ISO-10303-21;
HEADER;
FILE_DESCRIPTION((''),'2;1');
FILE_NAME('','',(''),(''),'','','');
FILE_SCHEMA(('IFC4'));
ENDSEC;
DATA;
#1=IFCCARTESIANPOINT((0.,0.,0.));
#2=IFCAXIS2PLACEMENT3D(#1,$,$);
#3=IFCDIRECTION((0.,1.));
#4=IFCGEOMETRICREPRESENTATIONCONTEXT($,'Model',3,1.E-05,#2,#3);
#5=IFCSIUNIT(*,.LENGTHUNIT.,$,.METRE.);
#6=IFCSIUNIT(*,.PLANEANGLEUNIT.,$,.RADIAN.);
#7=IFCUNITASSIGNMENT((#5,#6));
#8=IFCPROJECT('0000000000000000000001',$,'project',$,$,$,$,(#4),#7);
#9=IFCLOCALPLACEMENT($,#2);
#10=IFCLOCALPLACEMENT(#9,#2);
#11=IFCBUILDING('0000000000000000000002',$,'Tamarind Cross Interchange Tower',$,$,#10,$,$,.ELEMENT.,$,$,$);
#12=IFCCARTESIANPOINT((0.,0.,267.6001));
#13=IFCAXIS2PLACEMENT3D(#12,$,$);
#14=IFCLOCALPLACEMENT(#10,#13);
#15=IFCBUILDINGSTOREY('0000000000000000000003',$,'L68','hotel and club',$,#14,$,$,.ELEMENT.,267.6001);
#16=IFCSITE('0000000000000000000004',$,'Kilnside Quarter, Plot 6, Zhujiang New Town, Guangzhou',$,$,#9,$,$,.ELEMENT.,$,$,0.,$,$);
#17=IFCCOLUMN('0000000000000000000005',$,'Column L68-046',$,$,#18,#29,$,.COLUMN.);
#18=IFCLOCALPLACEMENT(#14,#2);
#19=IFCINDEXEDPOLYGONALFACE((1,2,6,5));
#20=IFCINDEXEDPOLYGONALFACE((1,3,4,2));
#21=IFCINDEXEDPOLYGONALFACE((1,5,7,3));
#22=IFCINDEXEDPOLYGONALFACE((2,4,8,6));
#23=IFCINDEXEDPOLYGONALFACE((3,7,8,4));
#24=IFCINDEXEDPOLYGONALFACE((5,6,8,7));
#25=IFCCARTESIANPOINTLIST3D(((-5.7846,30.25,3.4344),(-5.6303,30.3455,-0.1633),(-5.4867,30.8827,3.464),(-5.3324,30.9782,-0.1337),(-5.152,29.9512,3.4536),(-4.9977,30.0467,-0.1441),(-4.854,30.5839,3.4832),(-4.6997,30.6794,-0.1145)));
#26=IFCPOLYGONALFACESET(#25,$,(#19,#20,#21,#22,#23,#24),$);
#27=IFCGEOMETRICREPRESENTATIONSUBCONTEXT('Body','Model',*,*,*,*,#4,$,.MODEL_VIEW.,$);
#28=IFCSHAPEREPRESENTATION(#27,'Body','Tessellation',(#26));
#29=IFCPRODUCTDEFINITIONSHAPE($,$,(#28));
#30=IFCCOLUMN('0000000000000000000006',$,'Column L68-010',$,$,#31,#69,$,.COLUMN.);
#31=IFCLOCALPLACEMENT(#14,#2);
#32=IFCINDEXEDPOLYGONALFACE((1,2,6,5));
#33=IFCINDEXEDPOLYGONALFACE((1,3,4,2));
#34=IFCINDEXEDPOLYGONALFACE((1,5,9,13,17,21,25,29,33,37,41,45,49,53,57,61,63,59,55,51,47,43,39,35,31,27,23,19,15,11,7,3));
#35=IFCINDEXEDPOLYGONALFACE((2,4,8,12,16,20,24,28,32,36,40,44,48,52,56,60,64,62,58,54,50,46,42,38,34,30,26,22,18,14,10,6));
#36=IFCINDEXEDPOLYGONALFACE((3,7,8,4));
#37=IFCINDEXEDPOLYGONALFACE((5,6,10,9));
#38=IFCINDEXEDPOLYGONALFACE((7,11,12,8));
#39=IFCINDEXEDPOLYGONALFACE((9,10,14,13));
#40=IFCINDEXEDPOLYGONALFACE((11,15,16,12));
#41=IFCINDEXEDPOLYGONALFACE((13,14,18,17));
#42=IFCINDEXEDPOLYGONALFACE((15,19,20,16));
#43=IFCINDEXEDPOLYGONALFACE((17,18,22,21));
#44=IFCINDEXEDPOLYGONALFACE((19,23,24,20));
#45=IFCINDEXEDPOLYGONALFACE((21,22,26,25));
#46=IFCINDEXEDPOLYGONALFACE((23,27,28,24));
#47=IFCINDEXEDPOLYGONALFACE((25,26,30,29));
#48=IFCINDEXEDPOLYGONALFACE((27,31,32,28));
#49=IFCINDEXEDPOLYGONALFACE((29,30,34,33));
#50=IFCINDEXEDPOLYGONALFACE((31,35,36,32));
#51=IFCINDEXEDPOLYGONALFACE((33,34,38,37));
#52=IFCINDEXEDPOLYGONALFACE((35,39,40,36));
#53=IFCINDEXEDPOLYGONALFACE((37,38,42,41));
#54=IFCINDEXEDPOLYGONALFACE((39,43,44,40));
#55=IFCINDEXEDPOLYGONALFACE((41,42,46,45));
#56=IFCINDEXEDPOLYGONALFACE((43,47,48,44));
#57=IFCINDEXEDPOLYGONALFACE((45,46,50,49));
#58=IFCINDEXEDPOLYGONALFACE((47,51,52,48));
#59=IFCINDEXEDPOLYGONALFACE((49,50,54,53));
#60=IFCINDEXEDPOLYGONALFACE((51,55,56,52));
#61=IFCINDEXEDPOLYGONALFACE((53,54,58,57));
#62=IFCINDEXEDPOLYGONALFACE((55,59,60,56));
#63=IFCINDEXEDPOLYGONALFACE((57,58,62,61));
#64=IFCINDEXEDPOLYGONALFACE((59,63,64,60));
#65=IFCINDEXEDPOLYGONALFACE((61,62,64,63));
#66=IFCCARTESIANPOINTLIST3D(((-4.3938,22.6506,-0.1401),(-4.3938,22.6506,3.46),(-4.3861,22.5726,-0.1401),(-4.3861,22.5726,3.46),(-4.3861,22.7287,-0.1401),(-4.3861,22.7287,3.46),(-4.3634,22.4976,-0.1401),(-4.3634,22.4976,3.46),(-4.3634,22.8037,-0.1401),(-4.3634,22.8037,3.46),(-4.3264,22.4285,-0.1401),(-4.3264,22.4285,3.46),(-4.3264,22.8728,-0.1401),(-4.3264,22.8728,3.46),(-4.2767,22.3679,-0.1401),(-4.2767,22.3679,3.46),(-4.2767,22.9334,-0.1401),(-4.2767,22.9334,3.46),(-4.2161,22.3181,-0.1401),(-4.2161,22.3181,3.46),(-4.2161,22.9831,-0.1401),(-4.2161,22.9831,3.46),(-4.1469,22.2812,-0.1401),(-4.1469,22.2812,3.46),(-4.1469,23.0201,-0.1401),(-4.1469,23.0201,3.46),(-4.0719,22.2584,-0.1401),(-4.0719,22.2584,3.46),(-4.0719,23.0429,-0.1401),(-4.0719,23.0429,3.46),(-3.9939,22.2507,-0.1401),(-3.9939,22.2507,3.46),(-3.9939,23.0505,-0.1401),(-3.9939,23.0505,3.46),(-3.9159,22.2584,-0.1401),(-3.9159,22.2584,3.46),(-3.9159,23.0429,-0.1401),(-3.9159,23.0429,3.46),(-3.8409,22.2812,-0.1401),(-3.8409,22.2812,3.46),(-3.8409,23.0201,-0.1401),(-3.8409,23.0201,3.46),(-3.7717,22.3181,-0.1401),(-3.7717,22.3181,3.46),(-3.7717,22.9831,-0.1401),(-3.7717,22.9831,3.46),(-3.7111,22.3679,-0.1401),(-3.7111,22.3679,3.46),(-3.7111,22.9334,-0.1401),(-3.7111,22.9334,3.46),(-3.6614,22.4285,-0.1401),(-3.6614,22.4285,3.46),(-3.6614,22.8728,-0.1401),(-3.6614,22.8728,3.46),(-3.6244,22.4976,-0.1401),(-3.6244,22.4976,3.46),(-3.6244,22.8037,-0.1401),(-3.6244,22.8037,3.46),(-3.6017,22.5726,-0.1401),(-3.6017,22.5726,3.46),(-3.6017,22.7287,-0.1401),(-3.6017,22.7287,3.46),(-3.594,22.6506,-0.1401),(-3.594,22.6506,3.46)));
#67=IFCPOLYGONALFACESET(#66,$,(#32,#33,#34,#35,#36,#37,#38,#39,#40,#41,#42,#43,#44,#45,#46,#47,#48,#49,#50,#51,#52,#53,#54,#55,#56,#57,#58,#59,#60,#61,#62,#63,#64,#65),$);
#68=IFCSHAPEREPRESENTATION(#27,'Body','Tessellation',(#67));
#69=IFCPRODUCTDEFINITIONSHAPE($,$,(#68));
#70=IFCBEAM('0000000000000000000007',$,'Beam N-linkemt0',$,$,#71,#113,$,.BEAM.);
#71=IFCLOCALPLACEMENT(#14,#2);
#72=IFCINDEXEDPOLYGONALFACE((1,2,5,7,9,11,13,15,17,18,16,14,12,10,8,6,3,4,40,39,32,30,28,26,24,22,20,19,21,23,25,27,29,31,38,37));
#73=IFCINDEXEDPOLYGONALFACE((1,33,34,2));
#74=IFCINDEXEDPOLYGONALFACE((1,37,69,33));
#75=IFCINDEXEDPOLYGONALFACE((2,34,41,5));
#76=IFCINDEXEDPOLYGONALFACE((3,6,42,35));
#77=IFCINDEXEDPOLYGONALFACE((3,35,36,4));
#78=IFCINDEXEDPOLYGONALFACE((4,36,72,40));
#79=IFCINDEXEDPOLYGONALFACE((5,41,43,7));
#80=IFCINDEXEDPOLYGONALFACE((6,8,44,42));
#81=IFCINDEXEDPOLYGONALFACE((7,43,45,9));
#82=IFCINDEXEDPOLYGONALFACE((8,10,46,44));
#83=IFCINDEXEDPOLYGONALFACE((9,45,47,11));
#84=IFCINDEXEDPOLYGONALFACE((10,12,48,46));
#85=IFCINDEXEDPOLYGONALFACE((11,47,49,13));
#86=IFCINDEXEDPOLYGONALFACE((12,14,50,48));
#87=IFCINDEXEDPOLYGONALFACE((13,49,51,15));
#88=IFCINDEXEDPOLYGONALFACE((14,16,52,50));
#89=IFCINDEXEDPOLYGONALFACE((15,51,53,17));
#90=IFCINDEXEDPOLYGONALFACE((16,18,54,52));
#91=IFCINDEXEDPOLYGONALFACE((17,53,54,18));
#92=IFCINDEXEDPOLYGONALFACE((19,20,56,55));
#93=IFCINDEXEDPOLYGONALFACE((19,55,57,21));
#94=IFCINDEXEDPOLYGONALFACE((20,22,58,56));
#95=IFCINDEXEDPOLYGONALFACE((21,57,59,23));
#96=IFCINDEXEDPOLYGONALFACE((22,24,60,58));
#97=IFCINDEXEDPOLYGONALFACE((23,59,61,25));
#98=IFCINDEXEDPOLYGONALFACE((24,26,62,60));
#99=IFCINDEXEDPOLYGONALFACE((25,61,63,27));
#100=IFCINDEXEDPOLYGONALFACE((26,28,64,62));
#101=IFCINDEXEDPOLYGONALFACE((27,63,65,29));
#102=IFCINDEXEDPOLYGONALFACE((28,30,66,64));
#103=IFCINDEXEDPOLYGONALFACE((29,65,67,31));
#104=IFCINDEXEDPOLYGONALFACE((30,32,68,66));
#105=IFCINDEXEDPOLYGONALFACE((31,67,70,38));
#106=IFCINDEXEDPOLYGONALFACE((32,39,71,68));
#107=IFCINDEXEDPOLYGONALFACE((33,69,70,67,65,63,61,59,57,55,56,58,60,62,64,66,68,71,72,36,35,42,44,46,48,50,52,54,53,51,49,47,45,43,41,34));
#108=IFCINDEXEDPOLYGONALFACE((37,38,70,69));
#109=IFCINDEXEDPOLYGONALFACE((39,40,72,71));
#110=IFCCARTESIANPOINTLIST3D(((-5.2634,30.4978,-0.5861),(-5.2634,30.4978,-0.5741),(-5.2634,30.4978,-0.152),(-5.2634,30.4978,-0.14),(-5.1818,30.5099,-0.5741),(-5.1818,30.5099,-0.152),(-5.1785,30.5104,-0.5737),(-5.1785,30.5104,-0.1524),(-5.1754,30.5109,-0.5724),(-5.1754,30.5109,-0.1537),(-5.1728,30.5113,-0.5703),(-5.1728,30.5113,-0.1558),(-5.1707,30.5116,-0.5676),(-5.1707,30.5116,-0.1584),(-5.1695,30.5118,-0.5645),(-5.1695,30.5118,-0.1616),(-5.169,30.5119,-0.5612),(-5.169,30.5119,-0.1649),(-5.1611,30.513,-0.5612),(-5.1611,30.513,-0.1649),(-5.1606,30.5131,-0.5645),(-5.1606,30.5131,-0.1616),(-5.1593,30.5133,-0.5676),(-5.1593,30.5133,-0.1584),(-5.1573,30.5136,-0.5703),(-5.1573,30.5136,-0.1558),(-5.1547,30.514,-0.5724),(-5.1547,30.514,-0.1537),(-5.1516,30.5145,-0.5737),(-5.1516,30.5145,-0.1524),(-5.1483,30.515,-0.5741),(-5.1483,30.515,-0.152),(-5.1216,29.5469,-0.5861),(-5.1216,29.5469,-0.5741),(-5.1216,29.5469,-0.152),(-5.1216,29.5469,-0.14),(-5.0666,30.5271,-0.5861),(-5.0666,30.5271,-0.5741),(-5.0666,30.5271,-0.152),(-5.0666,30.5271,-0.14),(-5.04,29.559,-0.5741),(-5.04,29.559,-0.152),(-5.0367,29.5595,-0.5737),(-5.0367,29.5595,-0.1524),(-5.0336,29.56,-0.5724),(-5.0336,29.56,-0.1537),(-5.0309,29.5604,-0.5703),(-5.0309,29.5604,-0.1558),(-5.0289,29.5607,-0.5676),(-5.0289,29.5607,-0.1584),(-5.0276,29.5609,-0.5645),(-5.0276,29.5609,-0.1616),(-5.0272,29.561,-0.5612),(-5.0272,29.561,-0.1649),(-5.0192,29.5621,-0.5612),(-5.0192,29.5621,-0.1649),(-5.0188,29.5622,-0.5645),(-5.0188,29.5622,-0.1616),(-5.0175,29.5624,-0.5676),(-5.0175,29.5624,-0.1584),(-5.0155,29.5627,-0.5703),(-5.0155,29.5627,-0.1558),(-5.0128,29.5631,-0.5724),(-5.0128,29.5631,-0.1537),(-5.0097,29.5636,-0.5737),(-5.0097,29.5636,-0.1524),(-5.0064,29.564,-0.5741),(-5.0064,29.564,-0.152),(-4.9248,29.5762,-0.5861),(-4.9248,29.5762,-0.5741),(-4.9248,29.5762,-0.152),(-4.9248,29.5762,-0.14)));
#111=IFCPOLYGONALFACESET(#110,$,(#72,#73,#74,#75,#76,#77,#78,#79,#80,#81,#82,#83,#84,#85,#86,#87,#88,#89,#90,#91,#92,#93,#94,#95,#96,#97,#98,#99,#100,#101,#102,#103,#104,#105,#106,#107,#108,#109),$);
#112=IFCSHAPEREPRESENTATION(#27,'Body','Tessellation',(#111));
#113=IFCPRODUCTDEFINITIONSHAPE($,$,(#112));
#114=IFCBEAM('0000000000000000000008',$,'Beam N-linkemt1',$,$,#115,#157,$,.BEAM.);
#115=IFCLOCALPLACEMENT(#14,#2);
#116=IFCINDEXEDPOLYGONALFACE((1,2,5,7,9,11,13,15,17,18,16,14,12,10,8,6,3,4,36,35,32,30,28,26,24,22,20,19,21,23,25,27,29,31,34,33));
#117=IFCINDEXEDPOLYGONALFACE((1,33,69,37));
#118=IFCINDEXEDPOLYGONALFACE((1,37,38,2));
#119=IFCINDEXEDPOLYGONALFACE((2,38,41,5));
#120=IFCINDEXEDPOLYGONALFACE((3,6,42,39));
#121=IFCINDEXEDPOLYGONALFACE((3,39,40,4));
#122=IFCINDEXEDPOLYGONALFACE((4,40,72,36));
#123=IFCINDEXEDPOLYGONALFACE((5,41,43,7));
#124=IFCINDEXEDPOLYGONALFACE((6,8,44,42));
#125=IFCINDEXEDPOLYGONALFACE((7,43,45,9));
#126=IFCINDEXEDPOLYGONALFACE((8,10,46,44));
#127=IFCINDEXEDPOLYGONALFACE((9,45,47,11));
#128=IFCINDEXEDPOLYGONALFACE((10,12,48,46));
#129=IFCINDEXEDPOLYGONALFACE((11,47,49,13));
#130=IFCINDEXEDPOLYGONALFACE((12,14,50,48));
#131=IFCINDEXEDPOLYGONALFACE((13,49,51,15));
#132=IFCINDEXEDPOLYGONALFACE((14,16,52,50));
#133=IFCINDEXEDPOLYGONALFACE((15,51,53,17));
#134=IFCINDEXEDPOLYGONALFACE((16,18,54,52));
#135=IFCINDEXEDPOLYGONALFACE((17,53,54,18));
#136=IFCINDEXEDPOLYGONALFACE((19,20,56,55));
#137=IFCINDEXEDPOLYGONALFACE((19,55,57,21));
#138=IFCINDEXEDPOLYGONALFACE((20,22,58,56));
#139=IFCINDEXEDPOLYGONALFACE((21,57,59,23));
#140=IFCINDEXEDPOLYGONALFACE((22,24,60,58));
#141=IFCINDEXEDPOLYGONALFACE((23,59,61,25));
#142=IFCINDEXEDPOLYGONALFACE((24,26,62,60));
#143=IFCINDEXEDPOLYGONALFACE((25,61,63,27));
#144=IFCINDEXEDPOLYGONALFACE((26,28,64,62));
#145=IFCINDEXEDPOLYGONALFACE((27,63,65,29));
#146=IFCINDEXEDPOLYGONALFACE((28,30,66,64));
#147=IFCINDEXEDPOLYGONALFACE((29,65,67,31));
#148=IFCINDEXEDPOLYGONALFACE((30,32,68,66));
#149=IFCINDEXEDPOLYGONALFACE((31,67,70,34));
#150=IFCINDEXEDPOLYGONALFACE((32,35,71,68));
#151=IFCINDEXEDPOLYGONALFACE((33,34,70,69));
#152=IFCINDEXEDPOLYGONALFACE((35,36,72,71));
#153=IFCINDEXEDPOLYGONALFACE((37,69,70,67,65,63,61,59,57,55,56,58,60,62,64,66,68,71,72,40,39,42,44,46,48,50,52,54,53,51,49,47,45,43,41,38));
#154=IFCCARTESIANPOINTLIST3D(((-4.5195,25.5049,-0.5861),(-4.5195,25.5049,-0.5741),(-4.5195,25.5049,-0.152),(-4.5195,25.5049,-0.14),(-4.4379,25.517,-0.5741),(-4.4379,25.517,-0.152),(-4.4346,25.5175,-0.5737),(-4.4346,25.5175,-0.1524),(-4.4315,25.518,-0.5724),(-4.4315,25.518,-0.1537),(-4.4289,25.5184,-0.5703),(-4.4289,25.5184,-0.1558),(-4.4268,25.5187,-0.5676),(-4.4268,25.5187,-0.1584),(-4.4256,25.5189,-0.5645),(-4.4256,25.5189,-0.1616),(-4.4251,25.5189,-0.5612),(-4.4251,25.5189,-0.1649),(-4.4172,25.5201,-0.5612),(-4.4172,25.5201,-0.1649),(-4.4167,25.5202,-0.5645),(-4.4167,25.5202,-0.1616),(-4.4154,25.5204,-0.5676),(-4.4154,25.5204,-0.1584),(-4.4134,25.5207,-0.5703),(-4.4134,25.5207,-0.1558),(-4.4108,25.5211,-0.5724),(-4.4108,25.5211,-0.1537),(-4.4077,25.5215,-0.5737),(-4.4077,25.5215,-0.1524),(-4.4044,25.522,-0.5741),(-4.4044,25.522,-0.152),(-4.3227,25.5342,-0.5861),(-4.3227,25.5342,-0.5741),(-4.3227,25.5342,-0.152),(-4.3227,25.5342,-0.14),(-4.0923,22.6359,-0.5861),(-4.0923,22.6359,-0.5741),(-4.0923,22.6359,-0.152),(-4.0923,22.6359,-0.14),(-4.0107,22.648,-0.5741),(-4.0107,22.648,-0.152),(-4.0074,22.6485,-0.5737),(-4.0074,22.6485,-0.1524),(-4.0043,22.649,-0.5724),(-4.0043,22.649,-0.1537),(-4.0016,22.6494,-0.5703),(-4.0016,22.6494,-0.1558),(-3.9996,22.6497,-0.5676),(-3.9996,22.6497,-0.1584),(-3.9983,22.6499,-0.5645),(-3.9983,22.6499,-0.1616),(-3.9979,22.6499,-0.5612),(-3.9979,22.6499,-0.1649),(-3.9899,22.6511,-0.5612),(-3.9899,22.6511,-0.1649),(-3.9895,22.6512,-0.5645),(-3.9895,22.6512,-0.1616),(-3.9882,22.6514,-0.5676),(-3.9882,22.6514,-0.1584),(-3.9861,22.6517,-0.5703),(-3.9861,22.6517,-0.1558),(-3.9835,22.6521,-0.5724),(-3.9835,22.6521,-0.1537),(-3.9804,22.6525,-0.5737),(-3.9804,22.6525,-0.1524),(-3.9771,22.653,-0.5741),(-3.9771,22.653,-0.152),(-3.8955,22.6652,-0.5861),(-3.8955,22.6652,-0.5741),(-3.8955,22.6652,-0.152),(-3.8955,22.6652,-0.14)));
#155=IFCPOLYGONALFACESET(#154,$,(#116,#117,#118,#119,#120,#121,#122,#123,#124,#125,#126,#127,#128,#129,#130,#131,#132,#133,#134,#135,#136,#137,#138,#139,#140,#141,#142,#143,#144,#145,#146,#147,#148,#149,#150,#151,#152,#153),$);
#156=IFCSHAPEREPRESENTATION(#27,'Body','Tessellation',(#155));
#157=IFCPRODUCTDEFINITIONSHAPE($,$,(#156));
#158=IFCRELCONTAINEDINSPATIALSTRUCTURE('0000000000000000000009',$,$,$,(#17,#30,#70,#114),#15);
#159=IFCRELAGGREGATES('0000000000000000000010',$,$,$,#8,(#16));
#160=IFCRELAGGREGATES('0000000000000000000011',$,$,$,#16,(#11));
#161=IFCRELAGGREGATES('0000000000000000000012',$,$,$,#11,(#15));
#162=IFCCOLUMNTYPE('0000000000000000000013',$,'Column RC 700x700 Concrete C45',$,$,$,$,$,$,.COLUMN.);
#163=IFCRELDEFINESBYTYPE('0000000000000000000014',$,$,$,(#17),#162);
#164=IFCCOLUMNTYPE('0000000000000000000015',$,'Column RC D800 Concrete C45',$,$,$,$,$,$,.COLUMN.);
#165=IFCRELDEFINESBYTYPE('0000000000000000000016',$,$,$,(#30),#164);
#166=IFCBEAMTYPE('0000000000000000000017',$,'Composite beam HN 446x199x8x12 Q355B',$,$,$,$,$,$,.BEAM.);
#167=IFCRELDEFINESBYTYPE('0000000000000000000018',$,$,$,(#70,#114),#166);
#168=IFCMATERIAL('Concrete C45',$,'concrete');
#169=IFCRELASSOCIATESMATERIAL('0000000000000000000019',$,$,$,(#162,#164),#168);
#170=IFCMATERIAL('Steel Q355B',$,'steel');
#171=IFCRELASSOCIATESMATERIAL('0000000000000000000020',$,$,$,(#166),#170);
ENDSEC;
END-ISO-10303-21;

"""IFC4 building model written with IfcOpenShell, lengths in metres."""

from ifc_helpers import new_model, si_unit, direction, frame, origin, origin_2d, place, context, subcontext, project, spatial, rectangle, circle, i_section, extrude, material, material_profile, profile_set, type_object, element, save


model = new_model("IFC4")

# Units and contexts
model_context = context("Model", 3, precision=1e-05, world=origin(), true_north=direction((0.0, 1.0)))
body_context = subcontext(model_context, "Body", "Model", "MODEL_VIEW")
ifc_project = project(units=[si_unit("LENGTHUNIT", "METRE"), si_unit("PLANEANGLEUNIT", "RADIAN")], contexts=[model_context])

# Site, building, storey
site_placement = place(None, origin())
site = spatial("IfcSite", under=ifc_project, at=site_placement, Name="Kilnside Quarter, Plot 6, Zhujiang New Town, Guangzhou", CompositionType="ELEMENT", RefElevation=0.0)
building_placement = place(site_placement, origin())
building = spatial("IfcBuilding", under=site, at=building_placement, Name="Tamarind Cross Interchange Tower", CompositionType="ELEMENT")
storey_placement = place(building_placement, frame((0.0, 0.0, 267.6001)))
storey = spatial("IfcBuildingStorey", under=building, at=storey_placement, Name="L68", Description="hotel and club", CompositionType="ELEMENT", Elevation=267.6001)

# Columns
ifc_material_1 = material(Name="Concrete C45", Category="concrete")
ifc_material_profile_1 = material_profile(ifc_material_1, rectangle(XDim=0.7, YDim=0.7, at=origin_2d()), Name="RC 700x700")
ifc_profile_set_1 = profile_set([ifc_material_profile_1], Name="Concrete C45")
column_type_1 = type_object("IfcColumnType", Name="Column RC 700x700 Concrete C45", PredefinedType="COLUMN", material=ifc_profile_set_1)
column_1_placement = place(storey_placement, frame((-5.165, 30.5125, -0.1389), z_axis=(-0.042834, -0.0265, 0.998731), x_axis=(0.903882, -0.426902, 0.027439)))
element("IfcColumn", 1, at=column_1_placement, inside=storey, type_object=column_type_1, Name="Column L68-046", PredefinedType="COLUMN", context=body_context, shape_type="SweptSolid", body=[
    extrude(rectangle(XDim=0.7, YDim=0.7, at=origin_2d()), origin(), (0.0, 0.0, 1.0), 3.6023),
])
ifc_material_profile_2 = material_profile(ifc_material_1, circle(Radius=0.3999, at=origin_2d()), Name="RC D800")
ifc_profile_set_2 = profile_set([ifc_material_profile_2], Name="Concrete C45")
column_type_2 = type_object("IfcColumnType", Name="Column RC D800 Concrete C45", PredefinedType="COLUMN", material=ifc_profile_set_2)
column_2_placement = place(storey_placement, frame((-3.9939, 22.6506, -0.1401), z_axis=(0.0, 0.0, 1.0), x_axis=(1.0, 0.0, 0.0)))
element("IfcColumn", 2, at=column_2_placement, inside=storey, type_object=column_type_2, Name="Column L68-010", PredefinedType="COLUMN", context=body_context, shape_type="SweptSolid", body=[
    extrude(circle(Radius=0.3999, at=origin_2d()), origin(), (0.0, 0.0, 1.0), 3.6001),
])

# Beams
ifc_material_2 = material(Name="Steel Q355B", Category="steel")
ifc_material_profile_3 = material_profile(ifc_material_2, i_section(OverallWidth=0.199, OverallDepth=0.446, WebThickness=0.0081, FlangeThickness=0.012, FilletRadius=0.0129, at=origin_2d()), Name="HN 446x199x8x12")
ifc_profile_set_3 = profile_set([ifc_material_profile_3], Name="Steel Q355B")
beam_type_1 = type_object("IfcBeamType", Name="Composite beam HN 446x199x8x12 Q355B", PredefinedType="BEAM", material=ifc_profile_set_3)
beam_1_placement = place(storey_placement, frame((-5.165, 30.5125, -0.363), z_axis=(0.147533, -0.989057, 0.0), x_axis=(0.989057, 0.147533, 0.0)))
element("IfcBeam", 3, at=beam_1_placement, inside=storey, type_object=beam_type_1, Name="Beam N-linkemt0", PredefinedType="BEAM", context=body_context, shape_type="SweptSolid", body=[
    extrude(i_section(OverallWidth=0.199, OverallDepth=0.446, WebThickness=0.0081, FlangeThickness=0.012, FilletRadius=0.0129, at=origin_2d()), origin(), (0.0, 0.0, 1.0), 0.9614),
])
beam_2_placement = place(storey_placement, frame((-4.4211, 25.5195, -0.363), z_axis=(0.147299, -0.989092, 0.0), x_axis=(0.989092, 0.147299, 0.0)))
element("IfcBeam", 4, at=beam_2_placement, inside=storey, type_object=beam_type_1, Name="Beam N-linkemt1", PredefinedType="BEAM", context=body_context, shape_type="SweptSolid", body=[
    extrude(i_section(OverallWidth=0.199, OverallDepth=0.446, WebThickness=0.0081, FlangeThickness=0.012, FilletRadius=0.0129, at=origin_2d()), origin(), (0.0, 0.0, 1.0), 2.9006),
])

save(model, "model.ifc")
